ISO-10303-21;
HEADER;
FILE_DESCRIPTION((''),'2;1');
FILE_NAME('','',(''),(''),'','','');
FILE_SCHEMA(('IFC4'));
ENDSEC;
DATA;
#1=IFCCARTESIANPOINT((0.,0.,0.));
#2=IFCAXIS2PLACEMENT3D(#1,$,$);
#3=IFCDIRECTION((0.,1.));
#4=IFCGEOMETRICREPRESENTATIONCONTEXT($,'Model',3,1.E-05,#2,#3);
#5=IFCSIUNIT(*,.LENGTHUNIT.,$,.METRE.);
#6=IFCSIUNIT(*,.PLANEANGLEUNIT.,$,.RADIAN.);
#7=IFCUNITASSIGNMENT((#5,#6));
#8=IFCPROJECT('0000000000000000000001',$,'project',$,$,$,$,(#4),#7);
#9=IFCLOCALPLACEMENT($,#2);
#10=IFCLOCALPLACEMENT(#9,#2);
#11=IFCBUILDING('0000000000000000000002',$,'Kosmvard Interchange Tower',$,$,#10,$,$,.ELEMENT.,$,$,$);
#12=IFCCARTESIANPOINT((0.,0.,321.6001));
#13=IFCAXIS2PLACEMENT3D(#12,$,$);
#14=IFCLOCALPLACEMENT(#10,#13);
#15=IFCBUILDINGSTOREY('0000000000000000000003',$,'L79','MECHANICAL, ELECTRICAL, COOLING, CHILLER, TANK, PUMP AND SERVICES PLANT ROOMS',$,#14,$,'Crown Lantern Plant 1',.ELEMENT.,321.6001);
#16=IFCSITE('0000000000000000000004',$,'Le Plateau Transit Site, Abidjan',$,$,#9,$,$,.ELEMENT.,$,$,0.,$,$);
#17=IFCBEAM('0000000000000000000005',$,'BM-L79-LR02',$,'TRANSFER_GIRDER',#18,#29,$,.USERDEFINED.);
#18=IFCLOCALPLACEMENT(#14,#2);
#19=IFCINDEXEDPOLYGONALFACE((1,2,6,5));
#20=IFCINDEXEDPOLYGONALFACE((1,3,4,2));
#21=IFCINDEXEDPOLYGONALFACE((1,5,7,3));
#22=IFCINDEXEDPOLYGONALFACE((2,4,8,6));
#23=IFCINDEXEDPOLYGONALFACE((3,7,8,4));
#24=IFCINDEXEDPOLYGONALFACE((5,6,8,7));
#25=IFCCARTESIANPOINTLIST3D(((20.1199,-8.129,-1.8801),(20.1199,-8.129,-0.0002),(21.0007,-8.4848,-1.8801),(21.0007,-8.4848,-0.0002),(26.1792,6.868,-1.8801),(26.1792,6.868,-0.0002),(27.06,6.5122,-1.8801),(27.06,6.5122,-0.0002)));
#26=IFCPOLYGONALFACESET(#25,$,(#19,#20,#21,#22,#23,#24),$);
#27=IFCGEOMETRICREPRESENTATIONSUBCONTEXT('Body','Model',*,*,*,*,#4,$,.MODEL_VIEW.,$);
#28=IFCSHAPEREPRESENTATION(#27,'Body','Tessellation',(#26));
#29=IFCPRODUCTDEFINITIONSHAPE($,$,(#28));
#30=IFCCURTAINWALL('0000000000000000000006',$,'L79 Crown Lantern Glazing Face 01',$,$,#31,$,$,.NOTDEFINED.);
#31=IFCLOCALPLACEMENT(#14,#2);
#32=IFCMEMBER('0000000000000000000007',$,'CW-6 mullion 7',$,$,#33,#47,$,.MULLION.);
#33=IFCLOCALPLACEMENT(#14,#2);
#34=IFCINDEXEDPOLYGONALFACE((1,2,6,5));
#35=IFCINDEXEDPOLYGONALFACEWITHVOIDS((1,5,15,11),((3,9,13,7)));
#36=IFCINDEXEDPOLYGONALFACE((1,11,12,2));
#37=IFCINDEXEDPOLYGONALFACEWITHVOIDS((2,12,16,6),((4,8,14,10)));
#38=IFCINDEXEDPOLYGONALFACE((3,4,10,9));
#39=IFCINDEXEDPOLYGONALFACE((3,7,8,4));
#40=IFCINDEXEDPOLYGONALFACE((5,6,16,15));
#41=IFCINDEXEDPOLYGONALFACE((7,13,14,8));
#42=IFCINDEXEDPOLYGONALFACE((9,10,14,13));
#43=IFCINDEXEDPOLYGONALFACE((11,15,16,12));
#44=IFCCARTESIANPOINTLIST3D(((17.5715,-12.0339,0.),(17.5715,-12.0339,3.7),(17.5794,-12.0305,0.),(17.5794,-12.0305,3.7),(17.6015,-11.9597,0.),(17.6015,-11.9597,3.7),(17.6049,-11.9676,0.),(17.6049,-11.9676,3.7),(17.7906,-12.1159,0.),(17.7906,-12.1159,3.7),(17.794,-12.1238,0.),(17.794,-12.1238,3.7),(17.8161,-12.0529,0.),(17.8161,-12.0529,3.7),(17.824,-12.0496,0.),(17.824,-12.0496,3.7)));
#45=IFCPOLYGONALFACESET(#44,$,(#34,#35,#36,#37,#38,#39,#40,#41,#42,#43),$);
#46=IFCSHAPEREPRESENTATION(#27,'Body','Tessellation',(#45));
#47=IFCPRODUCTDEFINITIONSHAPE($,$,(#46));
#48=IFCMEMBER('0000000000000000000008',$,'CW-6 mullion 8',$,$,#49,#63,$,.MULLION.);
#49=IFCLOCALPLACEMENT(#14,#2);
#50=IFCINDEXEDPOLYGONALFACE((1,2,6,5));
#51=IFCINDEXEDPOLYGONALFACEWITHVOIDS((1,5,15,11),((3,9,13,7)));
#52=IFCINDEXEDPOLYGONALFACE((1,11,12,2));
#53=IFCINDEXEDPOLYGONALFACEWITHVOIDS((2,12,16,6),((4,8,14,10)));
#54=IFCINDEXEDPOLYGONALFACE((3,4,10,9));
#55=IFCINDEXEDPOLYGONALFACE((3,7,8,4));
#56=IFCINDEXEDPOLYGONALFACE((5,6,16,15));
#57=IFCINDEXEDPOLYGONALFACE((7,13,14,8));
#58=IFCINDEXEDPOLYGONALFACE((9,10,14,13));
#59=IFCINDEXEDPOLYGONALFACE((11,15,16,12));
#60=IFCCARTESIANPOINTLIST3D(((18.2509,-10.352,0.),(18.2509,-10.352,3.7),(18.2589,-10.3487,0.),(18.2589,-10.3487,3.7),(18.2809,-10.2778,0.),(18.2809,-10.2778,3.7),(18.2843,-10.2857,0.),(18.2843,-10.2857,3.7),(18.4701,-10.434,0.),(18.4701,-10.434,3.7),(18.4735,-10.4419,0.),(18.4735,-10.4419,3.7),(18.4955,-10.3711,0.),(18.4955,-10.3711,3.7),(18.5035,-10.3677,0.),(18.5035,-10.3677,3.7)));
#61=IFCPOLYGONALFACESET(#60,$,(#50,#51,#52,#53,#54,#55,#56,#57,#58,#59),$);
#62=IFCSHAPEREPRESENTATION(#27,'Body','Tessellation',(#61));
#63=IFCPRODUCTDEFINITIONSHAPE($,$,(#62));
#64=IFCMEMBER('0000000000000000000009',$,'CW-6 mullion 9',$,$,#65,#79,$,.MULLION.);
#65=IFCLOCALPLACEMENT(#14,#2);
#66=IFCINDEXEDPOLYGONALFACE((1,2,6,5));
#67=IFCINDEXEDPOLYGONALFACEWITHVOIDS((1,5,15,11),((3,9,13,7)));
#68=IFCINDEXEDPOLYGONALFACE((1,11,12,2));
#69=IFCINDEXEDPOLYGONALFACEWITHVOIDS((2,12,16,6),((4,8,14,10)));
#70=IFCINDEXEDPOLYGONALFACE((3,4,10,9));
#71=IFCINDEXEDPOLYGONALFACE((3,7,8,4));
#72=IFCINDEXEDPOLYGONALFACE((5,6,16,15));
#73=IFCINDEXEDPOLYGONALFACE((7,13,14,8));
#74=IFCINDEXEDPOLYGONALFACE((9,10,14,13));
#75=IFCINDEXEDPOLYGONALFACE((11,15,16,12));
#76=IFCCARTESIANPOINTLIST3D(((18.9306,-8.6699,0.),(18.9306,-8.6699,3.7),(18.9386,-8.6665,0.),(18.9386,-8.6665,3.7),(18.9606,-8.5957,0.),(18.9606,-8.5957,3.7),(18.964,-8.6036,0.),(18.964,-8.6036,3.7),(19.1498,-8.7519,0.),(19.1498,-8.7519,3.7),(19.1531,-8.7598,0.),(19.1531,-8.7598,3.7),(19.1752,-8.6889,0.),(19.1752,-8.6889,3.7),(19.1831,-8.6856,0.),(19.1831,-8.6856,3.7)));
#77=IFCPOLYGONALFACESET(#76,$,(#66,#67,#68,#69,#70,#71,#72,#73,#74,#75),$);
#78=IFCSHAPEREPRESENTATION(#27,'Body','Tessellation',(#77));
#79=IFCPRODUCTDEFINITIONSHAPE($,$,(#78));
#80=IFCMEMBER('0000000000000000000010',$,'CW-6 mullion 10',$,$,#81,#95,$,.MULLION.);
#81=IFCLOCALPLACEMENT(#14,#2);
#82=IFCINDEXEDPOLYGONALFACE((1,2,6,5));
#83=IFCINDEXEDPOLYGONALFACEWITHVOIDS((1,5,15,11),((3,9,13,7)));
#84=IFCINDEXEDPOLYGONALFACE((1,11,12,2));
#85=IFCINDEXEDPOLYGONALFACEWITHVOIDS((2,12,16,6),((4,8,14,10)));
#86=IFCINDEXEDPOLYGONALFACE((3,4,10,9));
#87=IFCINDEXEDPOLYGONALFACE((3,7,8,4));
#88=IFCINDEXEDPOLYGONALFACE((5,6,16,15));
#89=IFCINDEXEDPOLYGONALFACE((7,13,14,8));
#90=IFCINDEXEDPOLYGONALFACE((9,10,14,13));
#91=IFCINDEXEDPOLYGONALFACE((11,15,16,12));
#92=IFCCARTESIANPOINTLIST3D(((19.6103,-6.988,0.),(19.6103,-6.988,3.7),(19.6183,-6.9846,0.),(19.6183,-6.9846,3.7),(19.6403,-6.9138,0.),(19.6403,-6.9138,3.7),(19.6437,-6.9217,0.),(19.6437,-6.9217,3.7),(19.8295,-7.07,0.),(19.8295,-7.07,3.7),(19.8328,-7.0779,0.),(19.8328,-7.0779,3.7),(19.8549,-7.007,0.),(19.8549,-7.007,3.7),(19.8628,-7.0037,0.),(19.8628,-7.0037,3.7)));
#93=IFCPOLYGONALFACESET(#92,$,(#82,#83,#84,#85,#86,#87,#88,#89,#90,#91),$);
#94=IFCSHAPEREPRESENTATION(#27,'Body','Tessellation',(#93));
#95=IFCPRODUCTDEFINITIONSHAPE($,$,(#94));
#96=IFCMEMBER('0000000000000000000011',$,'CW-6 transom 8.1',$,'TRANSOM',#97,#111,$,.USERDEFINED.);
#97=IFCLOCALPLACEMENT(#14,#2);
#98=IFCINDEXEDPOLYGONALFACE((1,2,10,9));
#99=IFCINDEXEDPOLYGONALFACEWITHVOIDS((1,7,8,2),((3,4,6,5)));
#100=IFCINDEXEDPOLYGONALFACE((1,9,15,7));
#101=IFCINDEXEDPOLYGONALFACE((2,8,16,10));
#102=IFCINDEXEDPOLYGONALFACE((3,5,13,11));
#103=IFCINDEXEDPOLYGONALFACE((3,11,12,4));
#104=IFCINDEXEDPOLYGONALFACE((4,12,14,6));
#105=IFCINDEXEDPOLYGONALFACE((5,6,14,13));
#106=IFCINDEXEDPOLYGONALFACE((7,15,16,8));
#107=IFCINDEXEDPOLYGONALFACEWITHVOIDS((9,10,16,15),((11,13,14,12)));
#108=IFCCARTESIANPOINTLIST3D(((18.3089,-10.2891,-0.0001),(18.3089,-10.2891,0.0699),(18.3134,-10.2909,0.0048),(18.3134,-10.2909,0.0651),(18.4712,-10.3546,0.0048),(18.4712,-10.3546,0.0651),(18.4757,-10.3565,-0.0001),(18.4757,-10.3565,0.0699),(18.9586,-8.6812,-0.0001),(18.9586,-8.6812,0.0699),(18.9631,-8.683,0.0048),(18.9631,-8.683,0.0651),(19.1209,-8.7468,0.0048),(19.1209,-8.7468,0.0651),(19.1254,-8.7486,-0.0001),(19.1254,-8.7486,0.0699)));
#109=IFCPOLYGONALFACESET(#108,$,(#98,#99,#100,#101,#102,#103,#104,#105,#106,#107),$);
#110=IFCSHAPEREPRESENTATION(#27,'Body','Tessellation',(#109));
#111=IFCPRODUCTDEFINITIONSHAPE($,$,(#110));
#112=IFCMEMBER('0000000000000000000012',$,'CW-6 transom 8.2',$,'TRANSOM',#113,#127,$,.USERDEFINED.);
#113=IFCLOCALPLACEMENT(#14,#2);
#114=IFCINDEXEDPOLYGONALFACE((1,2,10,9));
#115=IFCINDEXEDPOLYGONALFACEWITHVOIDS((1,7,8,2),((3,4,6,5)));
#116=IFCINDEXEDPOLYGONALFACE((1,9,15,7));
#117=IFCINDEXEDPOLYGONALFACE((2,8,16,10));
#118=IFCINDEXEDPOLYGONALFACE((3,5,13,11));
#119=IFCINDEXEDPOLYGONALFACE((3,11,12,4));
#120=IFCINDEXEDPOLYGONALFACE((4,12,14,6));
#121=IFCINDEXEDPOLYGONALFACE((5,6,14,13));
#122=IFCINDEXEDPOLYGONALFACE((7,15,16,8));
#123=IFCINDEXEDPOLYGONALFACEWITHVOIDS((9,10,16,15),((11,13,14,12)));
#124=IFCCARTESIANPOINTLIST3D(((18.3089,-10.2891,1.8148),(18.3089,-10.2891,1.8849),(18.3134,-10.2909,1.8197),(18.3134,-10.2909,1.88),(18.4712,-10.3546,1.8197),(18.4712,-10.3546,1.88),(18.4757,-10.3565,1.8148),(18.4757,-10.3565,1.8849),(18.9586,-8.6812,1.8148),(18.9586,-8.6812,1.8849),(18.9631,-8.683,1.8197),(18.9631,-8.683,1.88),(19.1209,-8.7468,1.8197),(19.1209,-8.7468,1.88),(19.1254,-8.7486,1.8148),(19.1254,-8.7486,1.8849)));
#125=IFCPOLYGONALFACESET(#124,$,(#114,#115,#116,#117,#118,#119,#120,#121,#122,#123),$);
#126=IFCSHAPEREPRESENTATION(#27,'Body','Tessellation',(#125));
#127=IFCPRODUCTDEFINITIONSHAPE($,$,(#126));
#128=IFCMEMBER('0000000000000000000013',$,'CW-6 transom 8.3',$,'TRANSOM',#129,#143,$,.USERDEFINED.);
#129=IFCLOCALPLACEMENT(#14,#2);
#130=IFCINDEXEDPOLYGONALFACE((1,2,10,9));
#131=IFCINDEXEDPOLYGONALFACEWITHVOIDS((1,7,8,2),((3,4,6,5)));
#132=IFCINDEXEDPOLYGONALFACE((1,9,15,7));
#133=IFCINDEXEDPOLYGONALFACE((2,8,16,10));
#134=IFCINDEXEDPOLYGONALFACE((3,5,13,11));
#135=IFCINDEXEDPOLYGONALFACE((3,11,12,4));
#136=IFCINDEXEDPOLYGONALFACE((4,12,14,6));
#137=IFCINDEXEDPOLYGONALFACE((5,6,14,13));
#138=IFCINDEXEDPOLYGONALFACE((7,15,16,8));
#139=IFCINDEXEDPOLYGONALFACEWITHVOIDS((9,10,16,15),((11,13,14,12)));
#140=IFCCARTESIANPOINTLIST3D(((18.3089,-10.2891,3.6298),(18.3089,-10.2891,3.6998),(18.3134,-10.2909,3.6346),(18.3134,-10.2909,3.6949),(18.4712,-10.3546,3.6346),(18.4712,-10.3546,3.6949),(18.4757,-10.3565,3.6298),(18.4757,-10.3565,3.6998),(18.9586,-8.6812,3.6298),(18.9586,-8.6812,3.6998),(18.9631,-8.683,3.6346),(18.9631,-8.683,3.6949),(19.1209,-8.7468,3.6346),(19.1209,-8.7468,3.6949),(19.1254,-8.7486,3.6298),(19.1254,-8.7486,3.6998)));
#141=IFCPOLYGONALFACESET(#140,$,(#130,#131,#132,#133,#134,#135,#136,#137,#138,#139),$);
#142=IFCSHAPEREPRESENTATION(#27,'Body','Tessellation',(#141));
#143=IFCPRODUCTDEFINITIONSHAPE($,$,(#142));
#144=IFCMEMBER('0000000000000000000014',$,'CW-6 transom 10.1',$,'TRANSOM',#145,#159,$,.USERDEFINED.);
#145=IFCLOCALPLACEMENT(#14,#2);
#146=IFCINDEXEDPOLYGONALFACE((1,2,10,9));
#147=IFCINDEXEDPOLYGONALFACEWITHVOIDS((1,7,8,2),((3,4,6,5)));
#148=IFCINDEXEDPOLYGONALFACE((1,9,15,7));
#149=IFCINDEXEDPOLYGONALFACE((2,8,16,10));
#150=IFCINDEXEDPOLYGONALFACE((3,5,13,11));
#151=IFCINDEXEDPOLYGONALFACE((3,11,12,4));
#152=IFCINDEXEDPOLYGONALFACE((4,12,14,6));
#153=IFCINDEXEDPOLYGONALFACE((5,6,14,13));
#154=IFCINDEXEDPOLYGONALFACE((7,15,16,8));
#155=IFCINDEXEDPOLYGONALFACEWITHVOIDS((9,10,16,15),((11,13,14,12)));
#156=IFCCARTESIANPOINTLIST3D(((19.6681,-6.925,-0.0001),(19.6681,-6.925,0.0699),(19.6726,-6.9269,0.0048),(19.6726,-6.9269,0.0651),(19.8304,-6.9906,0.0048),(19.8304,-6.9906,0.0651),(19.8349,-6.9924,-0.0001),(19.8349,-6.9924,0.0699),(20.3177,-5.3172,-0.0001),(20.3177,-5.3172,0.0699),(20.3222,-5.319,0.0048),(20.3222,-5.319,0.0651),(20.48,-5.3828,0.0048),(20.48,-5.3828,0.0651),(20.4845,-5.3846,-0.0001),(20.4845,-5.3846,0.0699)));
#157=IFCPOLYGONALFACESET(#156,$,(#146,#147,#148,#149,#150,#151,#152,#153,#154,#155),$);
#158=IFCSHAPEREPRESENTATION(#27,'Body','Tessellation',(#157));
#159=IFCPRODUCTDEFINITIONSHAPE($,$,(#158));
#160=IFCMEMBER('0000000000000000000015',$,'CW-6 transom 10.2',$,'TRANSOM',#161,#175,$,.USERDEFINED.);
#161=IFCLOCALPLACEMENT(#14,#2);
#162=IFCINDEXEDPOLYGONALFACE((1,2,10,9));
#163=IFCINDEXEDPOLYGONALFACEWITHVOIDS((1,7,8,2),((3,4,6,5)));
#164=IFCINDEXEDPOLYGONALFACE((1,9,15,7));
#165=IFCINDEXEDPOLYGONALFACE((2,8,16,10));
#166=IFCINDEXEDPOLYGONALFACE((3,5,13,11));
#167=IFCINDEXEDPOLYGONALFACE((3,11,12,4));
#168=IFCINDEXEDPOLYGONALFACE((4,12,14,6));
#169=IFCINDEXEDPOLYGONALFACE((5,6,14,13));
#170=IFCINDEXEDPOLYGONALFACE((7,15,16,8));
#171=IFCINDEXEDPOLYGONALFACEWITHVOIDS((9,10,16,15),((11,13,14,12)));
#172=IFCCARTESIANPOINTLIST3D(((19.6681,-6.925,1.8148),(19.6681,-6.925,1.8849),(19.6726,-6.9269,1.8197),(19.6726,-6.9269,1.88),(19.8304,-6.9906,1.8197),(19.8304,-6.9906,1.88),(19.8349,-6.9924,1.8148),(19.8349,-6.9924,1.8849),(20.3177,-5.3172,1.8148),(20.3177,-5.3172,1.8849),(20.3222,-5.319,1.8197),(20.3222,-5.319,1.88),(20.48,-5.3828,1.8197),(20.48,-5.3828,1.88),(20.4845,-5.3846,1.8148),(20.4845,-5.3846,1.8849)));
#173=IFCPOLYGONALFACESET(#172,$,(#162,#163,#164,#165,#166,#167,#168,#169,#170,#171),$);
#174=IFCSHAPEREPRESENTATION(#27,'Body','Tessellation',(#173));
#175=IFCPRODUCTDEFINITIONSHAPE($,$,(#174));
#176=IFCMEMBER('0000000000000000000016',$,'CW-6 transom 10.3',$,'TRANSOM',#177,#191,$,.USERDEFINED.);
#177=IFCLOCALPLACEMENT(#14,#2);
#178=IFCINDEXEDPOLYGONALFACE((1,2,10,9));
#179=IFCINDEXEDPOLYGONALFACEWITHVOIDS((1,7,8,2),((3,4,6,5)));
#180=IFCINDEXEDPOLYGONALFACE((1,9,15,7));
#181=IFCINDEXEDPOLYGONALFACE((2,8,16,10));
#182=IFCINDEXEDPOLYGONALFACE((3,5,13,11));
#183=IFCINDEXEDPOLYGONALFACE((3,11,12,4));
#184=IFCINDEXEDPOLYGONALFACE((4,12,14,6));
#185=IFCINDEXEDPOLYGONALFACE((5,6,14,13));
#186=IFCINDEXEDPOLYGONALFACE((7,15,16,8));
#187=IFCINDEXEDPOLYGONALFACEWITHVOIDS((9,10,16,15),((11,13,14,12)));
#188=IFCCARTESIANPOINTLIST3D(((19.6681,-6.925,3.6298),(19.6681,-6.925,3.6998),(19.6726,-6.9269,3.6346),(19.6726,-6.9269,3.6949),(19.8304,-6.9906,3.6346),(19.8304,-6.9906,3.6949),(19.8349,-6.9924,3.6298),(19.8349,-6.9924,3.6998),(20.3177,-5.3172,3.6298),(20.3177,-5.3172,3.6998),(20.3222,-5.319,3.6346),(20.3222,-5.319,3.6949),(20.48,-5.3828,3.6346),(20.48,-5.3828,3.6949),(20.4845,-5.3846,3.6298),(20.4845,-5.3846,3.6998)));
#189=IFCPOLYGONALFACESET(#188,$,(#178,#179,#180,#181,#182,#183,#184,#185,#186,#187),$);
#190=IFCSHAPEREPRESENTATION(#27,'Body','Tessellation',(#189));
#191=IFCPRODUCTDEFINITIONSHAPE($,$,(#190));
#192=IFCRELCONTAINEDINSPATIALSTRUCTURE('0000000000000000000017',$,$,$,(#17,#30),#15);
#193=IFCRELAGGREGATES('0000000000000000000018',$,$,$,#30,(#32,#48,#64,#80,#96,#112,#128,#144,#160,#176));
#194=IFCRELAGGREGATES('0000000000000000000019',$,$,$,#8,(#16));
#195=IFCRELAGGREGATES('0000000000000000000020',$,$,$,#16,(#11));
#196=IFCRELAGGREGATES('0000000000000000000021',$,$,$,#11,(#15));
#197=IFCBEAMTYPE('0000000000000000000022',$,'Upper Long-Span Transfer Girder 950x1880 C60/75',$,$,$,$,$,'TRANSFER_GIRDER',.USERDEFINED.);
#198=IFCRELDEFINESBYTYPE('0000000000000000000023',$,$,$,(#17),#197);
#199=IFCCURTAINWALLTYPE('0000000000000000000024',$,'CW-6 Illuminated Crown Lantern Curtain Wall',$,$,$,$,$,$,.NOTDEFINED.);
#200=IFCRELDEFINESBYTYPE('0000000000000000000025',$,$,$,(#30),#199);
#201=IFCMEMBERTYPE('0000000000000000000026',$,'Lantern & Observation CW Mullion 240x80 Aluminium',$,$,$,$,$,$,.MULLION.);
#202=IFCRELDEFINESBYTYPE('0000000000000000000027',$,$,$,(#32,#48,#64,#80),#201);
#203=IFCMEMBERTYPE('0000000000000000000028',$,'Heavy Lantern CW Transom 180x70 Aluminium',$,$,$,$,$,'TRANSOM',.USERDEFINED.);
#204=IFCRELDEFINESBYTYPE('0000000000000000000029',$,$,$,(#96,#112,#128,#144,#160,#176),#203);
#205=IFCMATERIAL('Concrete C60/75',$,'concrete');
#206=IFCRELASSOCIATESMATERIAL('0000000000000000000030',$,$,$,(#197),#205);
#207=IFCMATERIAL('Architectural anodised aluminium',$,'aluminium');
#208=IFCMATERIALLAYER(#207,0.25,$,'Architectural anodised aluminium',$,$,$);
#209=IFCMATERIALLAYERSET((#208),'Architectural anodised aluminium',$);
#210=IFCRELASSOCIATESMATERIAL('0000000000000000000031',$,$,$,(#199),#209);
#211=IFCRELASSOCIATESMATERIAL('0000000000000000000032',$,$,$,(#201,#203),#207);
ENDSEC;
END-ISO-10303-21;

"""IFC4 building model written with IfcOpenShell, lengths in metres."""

from ifc_helpers import new_model, si_unit, direction, frame, origin, origin_2d, place, context, subcontext, project, spatial, rectangle, hollow_rectangle, extrude, source, transform, mapped, material, layer, layer_set, material_profile, profile_set, type_object, element, aggregate, save


model = new_model("IFC4")

# Units and contexts
model_context = context("Model", 3, precision=1e-05, world=origin(), true_north=direction((0.0, 1.0)))
body_context = subcontext(model_context, "Body", "Model", "MODEL_VIEW")
ifc_project = project(units=[si_unit("LENGTHUNIT", "METRE"), si_unit("PLANEANGLEUNIT", "RADIAN")], contexts=[model_context])

# Site, building, storey
site_placement = place(None, origin())
site = spatial("IfcSite", under=ifc_project, at=site_placement, Name="Le Plateau Transit Site, Abidjan", CompositionType="ELEMENT", RefElevation=0.0)
building_placement = place(site_placement, origin())
building = spatial("IfcBuilding", under=site, at=building_placement, Name="Kosmvard Interchange Tower", CompositionType="ELEMENT")
storey_placement = place(building_placement, frame((0.0, 0.0, 321.6001)))
storey = spatial("IfcBuildingStorey", under=building, at=storey_placement, Name="L79", Description="MECHANICAL, ELECTRICAL, COOLING, CHILLER, TANK, PUMP AND SERVICES PLANT ROOMS", LongName="Crown Lantern Plant 1", CompositionType="ELEMENT", Elevation=321.6001)

# Beam
ifc_material_1 = material(Name="Concrete C60/75", Category="concrete")
ifc_material_profile_1 = material_profile(ifc_material_1, rectangle(XDim=0.95, YDim=1.8799, at=origin_2d()), Name="TG 950x1880")
ifc_profile_set_1 = profile_set([ifc_material_profile_1], Name="Concrete C60/75")
beam_type = type_object("IfcBeamType", Name="Upper Long-Span Transfer Girder 950x1880 C60/75", ElementType="TRANSFER_GIRDER", PredefinedType="USERDEFINED", material=ifc_profile_set_1)
shared_shape_1 = source(origin(), body_context, "Body", "SweptSolid", [
    extrude(rectangle(XDim=0.95, YDim=1.8799, at=origin_2d()), origin(), (0.0, 0.0, 1.0), 16.1748),
])
beam_placement = place(storey_placement, frame((20.5603, -8.3069, -0.9402), z_axis=(0.374613, 0.927181, 0.0), x_axis=(-0.927181, 0.374613, 0.0)))
element("IfcBeam", 1, at=beam_placement, inside=storey, type_object=beam_type, Name="BM-L79-LR02", ObjectType="TRANSFER_GIRDER", PredefinedType="USERDEFINED", context=body_context, shape_type="MappedRepresentation", body=[
    mapped(shared_shape_1, transform((0.0, 0.0, 0.0), scale=1.0)),
])

# Curtain wall, members
ifc_material_2 = material(Name="Architectural anodised aluminium", Category="aluminium")
ifc_layer_1 = layer(ifc_material_2, 0.25, Name="Architectural anodised aluminium")
ifc_layer_set_1 = layer_set([ifc_layer_1], Name="Architectural anodised aluminium")
curtain_wall_type = type_object("IfcCurtainWallType", Name="CW-6 Illuminated Crown Lantern Curtain Wall", PredefinedType="NOTDEFINED", material=ifc_layer_set_1)
curtain_wall_placement = place(storey_placement, origin())
curtain_wall = element("IfcCurtainWall", 2, at=curtain_wall_placement, inside=storey, type_object=curtain_wall_type, Name="L79 Crown Lantern Glazing Face 01", PredefinedType="NOTDEFINED")
ifc_material_profile_2 = material_profile(ifc_material_2, hollow_rectangle(XDim=0.24, YDim=0.0801, WallThickness=0.0061, at=origin_2d()), Name="CWM 240x80x6")
ifc_profile_set_2 = profile_set([ifc_material_profile_2], Name="Architectural anodised aluminium")
member_type_1 = type_object("IfcMemberType", Name="Lantern & Observation CW Mullion 240x80 Aluminium", PredefinedType="MULLION", material=ifc_profile_set_2)
shared_shape_2 = source(origin(), body_context, "Body", "SweptSolid", [
    extrude(hollow_rectangle(XDim=0.24, YDim=0.0801, WallThickness=0.0061, at=origin_2d()), origin(), (0.0, 0.0, 1.0), 3.7),
])
member_1_placement = place(storey_placement, frame((17.6978, -12.0417, 0.0), z_axis=(0.0, 0.0, 1.0), x_axis=(-0.927184, 0.374607, 0.0)))
member_1 = element("IfcMember", 3, at=member_1_placement, type_object=member_type_1, Name="CW-6 mullion 7", PredefinedType="MULLION", context=body_context, shape_type="MappedRepresentation", body=[
    mapped(shared_shape_2, transform((0.0, 0.0, 0.0), scale=1.0)),
])
member_2_placement = place(storey_placement, frame((18.3772, -10.3599, 0.0), z_axis=(0.0, 0.0, 1.0), x_axis=(-0.927184, 0.374607, 0.0)))
member_2 = element("IfcMember", 4, at=member_2_placement, type_object=member_type_1, Name="CW-6 mullion 8", PredefinedType="MULLION", context=body_context, shape_type="MappedRepresentation", body=[
    mapped(shared_shape_2, transform((0.0, 0.0, 0.0), scale=1.0)),
])
member_3_placement = place(storey_placement, frame((19.0569, -8.6777, 0.0), z_axis=(0.0, 0.0, 1.0), x_axis=(-0.927184, 0.374607, 0.0)))
member_3 = element("IfcMember", 5, at=member_3_placement, type_object=member_type_1, Name="CW-6 mullion 9", PredefinedType="MULLION", context=body_context, shape_type="MappedRepresentation", body=[
    mapped(shared_shape_2, transform((0.0, 0.0, 0.0), scale=1.0)),
])
member_4_placement = place(storey_placement, frame((19.7366, -6.9958, 0.0), z_axis=(0.0, 0.0, 1.0), x_axis=(-0.927184, 0.374607, 0.0)))
member_4 = element("IfcMember", 6, at=member_4_placement, type_object=member_type_1, Name="CW-6 mullion 10", PredefinedType="MULLION", context=body_context, shape_type="MappedRepresentation", body=[
    mapped(shared_shape_2, transform((0.0, 0.0, 0.0), scale=1.0)),
])
ifc_material_profile_3 = material_profile(ifc_material_2, hollow_rectangle(XDim=0.1799, YDim=0.0701, WallThickness=0.0049, at=origin_2d()), Name="CWT 180x70x5")
ifc_profile_set_3 = profile_set([ifc_material_profile_3], Name="Architectural anodised aluminium")
member_type_2 = type_object("IfcMemberType", Name="Heavy Lantern CW Transom 180x70 Aluminium", ElementType="TRANSOM", PredefinedType="USERDEFINED", material=ifc_profile_set_3)
shared_shape_3 = source(origin(), body_context, "Body", "SweptSolid", [
    extrude(hollow_rectangle(XDim=0.1799, YDim=0.0701, WallThickness=0.0049, at=origin_2d()), origin(), (0.0, 0.0, 1.0), 1.7341),
])
member_5_placement = place(storey_placement, frame((18.3923, -10.3228, 0.0349), z_axis=(0.374617, 0.92718, 0.0), x_axis=(-0.92718, 0.374617, 0.0)))
member_5 = element("IfcMember", 7, at=member_5_placement, type_object=member_type_2, Name="CW-6 transom 8.1", ObjectType="TRANSOM", PredefinedType="USERDEFINED", context=body_context, shape_type="MappedRepresentation", body=[
    mapped(shared_shape_3, transform((0.0, 0.0, 0.0), scale=1.0)),
])
member_6_placement = place(storey_placement, frame((18.3923, -10.3228, 1.8499), z_axis=(0.374617, 0.92718, 0.0), x_axis=(-0.92718, 0.374617, 0.0)))
member_6 = element("IfcMember", 8, at=member_6_placement, type_object=member_type_2, Name="CW-6 transom 8.2", ObjectType="TRANSOM", PredefinedType="USERDEFINED", context=body_context, shape_type="MappedRepresentation", body=[
    mapped(shared_shape_3, transform((0.0, 0.0, 0.0), scale=1.0)),
])
member_7_placement = place(storey_placement, frame((18.3923, -10.3228, 3.6648), z_axis=(0.374617, 0.92718, 0.0), x_axis=(-0.92718, 0.374617, 0.0)))
member_7 = element("IfcMember", 9, at=member_7_placement, type_object=member_type_2, Name="CW-6 transom 8.3", ObjectType="TRANSOM", PredefinedType="USERDEFINED", context=body_context, shape_type="MappedRepresentation", body=[
    mapped(shared_shape_3, transform((0.0, 0.0, 0.0), scale=1.0)),
])
member_8_placement = place(storey_placement, frame((19.7515, -6.9587, 0.0349), z_axis=(0.374617, 0.92718, 0.0), x_axis=(-0.92718, 0.374617, 0.0)))
member_8 = element("IfcMember", 10, at=member_8_placement, type_object=member_type_2, Name="CW-6 transom 10.1", ObjectType="TRANSOM", PredefinedType="USERDEFINED", context=body_context, shape_type="MappedRepresentation", body=[
    mapped(shared_shape_3, transform((0.0, 0.0, 0.0), scale=1.0)),
])
member_9_placement = place(storey_placement, frame((19.7515, -6.9587, 1.8499), z_axis=(0.374617, 0.92718, 0.0), x_axis=(-0.92718, 0.374617, 0.0)))
member_9 = element("IfcMember", 11, at=member_9_placement, type_object=member_type_2, Name="CW-6 transom 10.2", ObjectType="TRANSOM", PredefinedType="USERDEFINED", context=body_context, shape_type="MappedRepresentation", body=[
    mapped(shared_shape_3, transform((0.0, 0.0, 0.0), scale=1.0)),
])
member_10_placement = place(storey_placement, frame((19.7515, -6.9587, 3.6648), z_axis=(0.374617, 0.92718, 0.0), x_axis=(-0.92718, 0.374617, 0.0)))
member_10 = element("IfcMember", 12, at=member_10_placement, type_object=member_type_2, Name="CW-6 transom 10.3", ObjectType="TRANSOM", PredefinedType="USERDEFINED", context=body_context, shape_type="MappedRepresentation", body=[
    mapped(shared_shape_3, transform((0.0, 0.0, 0.0), scale=1.0)),
])
aggregate(curtain_wall, [member_1, member_2, member_3, member_4, member_5, member_6, member_7, member_8, member_9, member_10])

save(model, "model.ifc")
